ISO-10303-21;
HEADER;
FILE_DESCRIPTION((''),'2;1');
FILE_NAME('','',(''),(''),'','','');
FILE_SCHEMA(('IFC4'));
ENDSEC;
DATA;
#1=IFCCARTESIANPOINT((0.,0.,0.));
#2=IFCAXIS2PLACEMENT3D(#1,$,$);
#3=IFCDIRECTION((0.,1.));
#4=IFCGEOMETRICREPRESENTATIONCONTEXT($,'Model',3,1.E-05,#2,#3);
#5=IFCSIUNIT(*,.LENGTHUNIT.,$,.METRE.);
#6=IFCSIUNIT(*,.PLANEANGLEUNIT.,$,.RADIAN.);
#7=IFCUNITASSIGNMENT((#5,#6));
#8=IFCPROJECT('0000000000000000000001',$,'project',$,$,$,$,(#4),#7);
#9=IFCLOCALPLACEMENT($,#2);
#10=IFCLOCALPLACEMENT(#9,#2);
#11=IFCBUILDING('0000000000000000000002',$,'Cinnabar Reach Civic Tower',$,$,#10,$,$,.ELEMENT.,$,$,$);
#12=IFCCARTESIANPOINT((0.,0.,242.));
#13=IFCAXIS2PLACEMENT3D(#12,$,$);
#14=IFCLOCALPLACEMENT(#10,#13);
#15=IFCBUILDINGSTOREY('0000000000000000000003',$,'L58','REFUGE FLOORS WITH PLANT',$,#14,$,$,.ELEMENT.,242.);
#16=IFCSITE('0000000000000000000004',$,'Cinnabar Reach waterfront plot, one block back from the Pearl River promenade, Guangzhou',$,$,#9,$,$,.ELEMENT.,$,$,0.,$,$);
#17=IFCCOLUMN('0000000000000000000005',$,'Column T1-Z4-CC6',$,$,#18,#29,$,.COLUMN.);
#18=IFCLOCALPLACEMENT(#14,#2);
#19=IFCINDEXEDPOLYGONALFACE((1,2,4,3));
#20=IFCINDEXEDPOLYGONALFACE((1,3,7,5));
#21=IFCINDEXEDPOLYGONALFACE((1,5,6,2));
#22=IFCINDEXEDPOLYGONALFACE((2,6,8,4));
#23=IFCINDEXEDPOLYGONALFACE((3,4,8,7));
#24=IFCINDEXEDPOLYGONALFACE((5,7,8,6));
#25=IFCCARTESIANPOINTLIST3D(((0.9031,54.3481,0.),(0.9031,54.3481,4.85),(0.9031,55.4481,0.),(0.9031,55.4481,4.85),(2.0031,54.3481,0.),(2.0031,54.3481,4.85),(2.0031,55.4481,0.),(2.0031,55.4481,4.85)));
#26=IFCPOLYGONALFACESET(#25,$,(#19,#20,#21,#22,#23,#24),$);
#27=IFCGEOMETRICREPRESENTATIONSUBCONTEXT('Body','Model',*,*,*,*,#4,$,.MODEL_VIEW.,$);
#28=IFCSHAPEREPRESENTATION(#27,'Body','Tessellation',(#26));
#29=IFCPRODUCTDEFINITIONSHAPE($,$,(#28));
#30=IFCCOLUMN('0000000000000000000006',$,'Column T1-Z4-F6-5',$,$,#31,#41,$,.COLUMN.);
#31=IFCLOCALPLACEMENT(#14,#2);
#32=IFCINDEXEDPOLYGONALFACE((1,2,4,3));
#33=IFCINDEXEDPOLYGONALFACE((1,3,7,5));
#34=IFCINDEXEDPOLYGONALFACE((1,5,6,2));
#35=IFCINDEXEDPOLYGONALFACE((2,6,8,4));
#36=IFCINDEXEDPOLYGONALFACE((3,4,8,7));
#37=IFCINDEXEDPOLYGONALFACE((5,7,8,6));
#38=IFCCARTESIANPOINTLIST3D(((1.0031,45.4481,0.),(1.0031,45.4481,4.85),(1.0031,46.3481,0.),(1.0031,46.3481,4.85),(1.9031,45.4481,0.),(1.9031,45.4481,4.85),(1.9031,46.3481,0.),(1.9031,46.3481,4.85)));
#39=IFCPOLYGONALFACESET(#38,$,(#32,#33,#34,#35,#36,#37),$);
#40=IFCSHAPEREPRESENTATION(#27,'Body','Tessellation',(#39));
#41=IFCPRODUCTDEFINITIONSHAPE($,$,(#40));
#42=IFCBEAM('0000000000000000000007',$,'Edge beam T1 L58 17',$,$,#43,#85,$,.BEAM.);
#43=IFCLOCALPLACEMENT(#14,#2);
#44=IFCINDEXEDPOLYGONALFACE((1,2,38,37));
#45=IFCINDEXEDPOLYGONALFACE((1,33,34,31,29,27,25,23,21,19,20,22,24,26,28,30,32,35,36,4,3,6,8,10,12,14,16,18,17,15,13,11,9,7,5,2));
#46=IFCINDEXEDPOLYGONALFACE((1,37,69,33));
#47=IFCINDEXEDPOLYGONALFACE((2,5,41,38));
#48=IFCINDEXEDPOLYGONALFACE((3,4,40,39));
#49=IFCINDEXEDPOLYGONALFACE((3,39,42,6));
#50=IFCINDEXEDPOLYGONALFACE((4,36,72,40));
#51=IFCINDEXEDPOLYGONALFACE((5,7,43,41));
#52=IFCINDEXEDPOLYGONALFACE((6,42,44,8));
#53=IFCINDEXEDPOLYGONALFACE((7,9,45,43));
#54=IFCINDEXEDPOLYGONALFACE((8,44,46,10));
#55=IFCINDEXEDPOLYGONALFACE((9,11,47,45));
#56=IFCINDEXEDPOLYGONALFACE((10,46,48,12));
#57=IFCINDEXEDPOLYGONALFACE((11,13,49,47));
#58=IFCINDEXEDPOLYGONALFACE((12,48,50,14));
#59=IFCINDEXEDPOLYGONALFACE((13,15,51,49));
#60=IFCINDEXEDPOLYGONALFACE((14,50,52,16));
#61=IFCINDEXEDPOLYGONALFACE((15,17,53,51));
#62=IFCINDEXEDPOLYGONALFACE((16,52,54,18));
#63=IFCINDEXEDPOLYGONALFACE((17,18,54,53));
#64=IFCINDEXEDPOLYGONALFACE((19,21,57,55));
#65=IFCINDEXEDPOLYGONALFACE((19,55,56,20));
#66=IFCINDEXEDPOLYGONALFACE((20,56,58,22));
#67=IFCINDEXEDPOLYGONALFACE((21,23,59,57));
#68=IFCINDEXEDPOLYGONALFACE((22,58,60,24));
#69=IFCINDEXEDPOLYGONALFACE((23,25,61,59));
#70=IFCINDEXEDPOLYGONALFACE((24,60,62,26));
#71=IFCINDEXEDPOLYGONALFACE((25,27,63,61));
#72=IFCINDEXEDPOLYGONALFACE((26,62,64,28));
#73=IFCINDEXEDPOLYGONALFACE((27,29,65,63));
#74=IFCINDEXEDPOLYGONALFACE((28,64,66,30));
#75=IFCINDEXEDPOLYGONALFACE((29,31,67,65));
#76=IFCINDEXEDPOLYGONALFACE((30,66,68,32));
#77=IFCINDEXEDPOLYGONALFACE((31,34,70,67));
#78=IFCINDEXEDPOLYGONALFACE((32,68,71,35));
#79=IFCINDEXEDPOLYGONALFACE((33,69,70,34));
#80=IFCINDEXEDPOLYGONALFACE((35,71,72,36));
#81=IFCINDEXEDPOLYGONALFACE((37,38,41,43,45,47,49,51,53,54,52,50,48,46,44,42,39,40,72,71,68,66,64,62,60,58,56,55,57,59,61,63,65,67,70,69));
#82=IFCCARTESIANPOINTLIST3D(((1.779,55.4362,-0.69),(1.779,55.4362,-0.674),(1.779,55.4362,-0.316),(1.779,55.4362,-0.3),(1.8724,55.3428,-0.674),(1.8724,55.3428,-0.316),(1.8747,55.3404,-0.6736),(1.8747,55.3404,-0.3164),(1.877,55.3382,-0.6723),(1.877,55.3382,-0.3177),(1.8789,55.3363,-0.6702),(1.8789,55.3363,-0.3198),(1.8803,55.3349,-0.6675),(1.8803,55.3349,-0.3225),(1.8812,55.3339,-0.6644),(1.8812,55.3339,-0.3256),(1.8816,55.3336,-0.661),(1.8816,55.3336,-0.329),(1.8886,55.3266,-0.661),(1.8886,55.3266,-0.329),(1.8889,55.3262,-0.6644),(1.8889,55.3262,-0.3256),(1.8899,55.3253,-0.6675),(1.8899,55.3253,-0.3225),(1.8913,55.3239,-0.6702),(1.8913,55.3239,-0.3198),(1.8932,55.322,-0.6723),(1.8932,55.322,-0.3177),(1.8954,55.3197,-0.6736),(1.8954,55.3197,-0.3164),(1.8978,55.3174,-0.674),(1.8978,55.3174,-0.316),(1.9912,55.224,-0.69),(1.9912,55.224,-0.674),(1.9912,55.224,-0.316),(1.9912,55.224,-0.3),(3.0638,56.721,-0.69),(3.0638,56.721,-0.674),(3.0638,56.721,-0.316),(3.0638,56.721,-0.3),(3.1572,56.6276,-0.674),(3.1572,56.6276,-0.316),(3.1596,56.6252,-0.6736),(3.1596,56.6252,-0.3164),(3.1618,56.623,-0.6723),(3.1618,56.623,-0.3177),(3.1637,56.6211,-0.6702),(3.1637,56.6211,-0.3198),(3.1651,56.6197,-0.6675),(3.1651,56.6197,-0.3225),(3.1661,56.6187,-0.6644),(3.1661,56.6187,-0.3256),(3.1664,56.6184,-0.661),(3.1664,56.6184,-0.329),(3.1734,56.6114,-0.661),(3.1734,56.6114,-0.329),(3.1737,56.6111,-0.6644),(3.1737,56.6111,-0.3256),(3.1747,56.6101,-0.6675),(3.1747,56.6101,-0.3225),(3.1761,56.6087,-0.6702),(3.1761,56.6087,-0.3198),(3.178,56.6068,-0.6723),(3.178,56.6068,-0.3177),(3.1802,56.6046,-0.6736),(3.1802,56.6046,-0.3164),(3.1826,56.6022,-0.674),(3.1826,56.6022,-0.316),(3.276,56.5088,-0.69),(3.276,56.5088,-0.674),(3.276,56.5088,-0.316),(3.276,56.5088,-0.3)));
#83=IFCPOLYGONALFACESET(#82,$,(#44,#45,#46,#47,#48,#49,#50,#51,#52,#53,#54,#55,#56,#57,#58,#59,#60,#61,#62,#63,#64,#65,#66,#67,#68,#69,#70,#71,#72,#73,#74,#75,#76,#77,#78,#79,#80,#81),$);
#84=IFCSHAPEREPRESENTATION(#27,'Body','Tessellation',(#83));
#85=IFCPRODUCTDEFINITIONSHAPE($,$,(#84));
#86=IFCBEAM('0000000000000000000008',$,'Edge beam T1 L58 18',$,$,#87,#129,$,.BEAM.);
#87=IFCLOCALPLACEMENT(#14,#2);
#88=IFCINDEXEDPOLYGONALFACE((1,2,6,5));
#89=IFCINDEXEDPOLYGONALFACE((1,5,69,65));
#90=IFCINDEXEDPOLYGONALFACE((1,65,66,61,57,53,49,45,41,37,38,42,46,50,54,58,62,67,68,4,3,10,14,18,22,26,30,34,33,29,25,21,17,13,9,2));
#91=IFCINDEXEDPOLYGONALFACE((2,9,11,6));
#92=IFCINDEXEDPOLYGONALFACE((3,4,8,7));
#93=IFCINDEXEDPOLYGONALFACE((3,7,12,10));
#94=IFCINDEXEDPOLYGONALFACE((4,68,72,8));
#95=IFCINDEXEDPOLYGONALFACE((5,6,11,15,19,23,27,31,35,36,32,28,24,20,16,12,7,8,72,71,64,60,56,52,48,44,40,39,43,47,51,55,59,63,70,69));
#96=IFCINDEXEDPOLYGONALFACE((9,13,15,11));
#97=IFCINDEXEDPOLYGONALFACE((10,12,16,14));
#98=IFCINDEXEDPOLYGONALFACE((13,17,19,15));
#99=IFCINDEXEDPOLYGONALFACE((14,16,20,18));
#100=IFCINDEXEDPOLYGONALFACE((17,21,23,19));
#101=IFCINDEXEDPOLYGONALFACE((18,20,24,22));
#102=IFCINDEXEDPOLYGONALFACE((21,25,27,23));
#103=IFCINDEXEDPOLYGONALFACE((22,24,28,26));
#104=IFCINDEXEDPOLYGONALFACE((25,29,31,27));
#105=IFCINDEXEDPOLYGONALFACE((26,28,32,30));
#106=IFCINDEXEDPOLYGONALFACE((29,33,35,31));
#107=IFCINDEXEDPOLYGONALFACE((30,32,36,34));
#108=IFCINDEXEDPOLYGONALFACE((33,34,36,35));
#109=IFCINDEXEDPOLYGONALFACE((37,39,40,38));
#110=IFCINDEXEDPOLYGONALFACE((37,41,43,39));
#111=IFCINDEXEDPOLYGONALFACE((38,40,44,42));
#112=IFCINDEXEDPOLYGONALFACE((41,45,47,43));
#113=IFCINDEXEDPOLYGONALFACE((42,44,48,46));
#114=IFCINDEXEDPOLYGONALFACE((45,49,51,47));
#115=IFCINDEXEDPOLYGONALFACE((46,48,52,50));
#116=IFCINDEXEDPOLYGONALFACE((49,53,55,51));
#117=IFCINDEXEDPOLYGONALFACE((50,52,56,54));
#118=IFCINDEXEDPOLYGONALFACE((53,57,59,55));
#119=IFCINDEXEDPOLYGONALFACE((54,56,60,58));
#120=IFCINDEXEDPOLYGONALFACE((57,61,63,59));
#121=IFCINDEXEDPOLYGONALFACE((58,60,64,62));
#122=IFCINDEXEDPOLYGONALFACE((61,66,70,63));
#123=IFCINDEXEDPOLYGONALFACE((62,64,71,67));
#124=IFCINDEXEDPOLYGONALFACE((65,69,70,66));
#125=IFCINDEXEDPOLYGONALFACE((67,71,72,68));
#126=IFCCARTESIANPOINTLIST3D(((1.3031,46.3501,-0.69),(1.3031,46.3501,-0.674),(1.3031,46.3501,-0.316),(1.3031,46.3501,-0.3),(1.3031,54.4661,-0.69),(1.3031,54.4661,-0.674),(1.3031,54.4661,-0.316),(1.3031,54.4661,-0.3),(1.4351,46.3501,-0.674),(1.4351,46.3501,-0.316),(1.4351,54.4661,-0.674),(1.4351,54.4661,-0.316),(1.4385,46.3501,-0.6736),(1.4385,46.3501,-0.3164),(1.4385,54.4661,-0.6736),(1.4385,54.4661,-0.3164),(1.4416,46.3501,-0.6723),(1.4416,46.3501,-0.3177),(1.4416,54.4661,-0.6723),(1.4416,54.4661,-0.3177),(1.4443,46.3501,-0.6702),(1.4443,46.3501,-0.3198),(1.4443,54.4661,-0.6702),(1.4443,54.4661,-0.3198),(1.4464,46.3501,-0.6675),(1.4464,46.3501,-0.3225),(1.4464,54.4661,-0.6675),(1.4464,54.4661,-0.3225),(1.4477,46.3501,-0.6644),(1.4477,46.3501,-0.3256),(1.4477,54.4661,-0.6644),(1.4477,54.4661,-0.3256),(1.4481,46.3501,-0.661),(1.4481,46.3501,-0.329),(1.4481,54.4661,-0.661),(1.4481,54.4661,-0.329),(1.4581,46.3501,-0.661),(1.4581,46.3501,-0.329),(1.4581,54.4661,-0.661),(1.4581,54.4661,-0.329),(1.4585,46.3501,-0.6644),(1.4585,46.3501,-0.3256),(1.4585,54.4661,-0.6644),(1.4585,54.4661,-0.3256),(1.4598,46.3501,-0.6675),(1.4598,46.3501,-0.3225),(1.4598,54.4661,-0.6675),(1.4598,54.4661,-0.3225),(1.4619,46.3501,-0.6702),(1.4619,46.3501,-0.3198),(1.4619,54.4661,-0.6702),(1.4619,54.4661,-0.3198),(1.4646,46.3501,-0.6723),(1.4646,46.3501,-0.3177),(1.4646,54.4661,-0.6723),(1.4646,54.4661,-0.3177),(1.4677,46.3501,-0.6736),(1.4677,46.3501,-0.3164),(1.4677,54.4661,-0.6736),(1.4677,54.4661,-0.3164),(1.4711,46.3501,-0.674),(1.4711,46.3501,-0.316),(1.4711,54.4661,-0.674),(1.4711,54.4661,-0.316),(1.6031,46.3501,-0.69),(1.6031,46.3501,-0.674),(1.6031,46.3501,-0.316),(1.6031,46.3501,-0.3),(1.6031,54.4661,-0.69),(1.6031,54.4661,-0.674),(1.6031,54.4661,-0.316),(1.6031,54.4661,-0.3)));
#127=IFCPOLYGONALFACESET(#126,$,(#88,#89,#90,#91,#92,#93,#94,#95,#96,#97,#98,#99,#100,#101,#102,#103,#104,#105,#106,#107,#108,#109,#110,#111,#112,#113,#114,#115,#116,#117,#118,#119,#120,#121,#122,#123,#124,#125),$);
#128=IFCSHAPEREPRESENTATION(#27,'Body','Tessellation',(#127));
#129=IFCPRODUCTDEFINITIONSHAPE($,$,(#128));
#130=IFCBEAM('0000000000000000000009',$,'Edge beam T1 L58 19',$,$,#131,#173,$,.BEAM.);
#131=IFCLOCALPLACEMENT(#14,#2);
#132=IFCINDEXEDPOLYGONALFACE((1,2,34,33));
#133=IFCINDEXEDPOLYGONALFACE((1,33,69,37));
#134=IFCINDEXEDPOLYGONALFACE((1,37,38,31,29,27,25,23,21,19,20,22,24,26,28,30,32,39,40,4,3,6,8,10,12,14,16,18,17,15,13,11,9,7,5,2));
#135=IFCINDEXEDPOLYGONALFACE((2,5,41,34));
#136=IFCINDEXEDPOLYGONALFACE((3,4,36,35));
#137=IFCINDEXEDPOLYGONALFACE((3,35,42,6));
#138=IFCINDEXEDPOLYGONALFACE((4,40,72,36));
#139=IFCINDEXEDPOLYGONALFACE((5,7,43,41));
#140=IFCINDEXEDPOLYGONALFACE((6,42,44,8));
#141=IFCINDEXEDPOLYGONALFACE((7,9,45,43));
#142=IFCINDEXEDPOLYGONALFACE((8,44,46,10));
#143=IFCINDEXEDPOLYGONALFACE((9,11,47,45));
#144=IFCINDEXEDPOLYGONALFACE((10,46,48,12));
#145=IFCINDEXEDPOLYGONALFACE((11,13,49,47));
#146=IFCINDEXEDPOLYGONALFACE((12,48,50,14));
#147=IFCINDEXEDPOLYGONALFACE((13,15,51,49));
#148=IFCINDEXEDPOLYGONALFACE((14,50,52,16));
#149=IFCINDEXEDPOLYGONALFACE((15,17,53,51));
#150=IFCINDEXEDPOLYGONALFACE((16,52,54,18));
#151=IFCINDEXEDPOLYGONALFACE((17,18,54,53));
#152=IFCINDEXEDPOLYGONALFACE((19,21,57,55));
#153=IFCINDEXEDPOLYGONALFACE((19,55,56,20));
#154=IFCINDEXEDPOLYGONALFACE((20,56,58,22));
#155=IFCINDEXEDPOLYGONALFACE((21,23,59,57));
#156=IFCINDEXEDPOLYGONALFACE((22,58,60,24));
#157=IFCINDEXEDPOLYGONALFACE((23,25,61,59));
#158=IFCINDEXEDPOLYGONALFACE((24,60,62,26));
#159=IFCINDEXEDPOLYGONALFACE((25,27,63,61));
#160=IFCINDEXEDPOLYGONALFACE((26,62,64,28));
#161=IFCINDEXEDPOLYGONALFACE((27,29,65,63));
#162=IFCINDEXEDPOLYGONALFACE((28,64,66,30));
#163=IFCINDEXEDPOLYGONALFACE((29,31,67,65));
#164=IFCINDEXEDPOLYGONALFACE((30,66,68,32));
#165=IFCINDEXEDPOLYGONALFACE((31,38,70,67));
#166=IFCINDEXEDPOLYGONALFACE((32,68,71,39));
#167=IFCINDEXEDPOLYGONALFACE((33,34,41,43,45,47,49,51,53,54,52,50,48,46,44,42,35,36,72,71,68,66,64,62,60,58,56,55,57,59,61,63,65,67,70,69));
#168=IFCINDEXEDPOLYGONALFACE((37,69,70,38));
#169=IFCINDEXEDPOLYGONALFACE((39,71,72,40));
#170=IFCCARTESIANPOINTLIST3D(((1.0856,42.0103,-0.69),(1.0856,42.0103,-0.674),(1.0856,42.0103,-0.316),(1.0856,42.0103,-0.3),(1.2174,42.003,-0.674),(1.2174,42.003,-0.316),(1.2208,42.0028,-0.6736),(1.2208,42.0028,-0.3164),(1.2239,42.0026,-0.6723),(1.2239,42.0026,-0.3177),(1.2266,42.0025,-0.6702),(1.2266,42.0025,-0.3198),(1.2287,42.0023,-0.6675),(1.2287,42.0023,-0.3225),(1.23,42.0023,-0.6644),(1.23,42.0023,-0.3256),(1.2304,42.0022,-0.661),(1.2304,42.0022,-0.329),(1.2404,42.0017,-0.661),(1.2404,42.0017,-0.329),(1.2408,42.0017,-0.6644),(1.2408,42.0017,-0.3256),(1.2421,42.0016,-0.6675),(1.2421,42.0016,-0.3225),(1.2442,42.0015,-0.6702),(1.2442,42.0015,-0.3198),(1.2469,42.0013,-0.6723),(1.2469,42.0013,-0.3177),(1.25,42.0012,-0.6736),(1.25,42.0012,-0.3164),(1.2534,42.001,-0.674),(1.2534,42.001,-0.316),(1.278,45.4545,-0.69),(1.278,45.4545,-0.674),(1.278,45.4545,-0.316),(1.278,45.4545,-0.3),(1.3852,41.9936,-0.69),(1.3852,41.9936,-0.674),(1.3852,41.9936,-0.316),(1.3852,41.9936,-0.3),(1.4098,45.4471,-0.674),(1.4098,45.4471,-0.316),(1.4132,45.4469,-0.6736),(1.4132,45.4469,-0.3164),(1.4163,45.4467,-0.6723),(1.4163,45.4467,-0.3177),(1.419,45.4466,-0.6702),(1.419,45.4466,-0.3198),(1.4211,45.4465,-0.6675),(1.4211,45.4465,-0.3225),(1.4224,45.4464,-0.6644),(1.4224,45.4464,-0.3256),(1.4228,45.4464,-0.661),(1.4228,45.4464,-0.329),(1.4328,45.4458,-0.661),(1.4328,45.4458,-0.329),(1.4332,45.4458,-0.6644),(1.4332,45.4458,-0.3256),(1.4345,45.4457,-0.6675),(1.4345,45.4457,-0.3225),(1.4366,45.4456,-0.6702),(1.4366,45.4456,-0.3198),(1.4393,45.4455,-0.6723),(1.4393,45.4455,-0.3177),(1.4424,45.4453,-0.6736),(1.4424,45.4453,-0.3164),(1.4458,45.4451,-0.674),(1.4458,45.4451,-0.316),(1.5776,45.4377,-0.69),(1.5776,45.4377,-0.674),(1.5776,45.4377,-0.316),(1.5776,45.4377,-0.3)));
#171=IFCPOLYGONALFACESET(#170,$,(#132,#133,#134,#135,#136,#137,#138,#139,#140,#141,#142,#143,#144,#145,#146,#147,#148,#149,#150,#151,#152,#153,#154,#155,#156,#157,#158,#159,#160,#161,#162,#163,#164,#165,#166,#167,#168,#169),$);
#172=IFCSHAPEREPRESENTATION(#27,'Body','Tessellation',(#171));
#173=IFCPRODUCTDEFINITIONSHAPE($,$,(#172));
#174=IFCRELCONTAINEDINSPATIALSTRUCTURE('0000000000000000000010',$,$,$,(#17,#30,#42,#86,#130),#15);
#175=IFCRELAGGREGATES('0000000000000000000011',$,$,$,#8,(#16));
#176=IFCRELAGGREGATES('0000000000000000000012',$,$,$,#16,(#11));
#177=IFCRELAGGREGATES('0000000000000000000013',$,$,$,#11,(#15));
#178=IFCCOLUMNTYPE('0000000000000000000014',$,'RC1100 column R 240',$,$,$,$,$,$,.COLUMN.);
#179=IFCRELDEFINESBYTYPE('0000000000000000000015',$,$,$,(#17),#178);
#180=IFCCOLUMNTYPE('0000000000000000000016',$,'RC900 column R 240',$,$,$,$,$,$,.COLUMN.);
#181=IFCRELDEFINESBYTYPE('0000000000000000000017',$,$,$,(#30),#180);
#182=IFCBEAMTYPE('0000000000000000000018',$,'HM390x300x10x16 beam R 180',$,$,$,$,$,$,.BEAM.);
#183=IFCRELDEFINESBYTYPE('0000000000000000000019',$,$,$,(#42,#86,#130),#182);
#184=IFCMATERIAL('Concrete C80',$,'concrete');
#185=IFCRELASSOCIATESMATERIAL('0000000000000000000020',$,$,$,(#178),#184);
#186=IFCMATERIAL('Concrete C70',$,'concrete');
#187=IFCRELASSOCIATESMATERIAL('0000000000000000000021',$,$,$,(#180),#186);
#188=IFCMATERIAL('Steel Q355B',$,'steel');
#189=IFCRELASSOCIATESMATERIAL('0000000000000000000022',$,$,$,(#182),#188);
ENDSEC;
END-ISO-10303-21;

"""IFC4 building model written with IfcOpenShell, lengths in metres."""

from ifc_helpers import new_model, si_unit, direction, frame, origin, origin_2d, place, context, subcontext, project, spatial, rectangle, i_section, extrude, material, material_profile, profile_set, type_object, element, save


model = new_model("IFC4")

# Units and contexts
model_context = context("Model", 3, precision=1e-05, world=origin(), true_north=direction((0.0, 1.0)))
body_context = subcontext(model_context, "Body", "Model", "MODEL_VIEW")
ifc_project = project(units=[si_unit("LENGTHUNIT", "METRE"), si_unit("PLANEANGLEUNIT", "RADIAN")], contexts=[model_context])

# Site, building, storey
site_placement = place(None, origin())
site = spatial("IfcSite", under=ifc_project, at=site_placement, Name="Cinnabar Reach waterfront plot, one block back from the Pearl River promenade, Guangzhou", CompositionType="ELEMENT", RefElevation=0.0)
building_placement = place(site_placement, origin())
building = spatial("IfcBuilding", under=site, at=building_placement, Name="Cinnabar Reach Civic Tower", CompositionType="ELEMENT")
storey_placement = place(building_placement, frame((0.0, 0.0, 242.0)))
storey = spatial("IfcBuildingStorey", under=building, at=storey_placement, Name="L58", Description="REFUGE FLOORS WITH PLANT", CompositionType="ELEMENT", Elevation=242.0)

# Columns
ifc_material_1 = material(Name="Concrete C80", Category="concrete")
ifc_material_profile_1 = material_profile(ifc_material_1, rectangle(XDim=1.1, YDim=1.1, at=origin_2d()), Name="RC1100")
ifc_profile_set_1 = profile_set([ifc_material_profile_1], Name="Concrete C80")
column_type_1 = type_object("IfcColumnType", Name="RC1100 column R 240", PredefinedType="COLUMN", material=ifc_profile_set_1)
column_1_placement = place(storey_placement, frame((1.4531, 54.8981, 0.0), z_axis=(0.0, 0.0, 1.0), x_axis=(1.0, 0.0, 0.0)))
element("IfcColumn", 1, at=column_1_placement, inside=storey, type_object=column_type_1, Name="Column T1-Z4-CC6", PredefinedType="COLUMN", context=body_context, shape_type="SweptSolid", body=[
    extrude(rectangle(XDim=1.1, YDim=1.1, at=origin_2d()), origin(), (0.0, 0.0, 1.0), 4.85),
])
ifc_material_2 = material(Name="Concrete C70", Category="concrete")
ifc_material_profile_2 = material_profile(ifc_material_2, rectangle(XDim=0.9, YDim=0.9, at=origin_2d()), Name="RC900")
ifc_profile_set_2 = profile_set([ifc_material_profile_2], Name="Concrete C70")
column_type_2 = type_object("IfcColumnType", Name="RC900 column R 240", PredefinedType="COLUMN", material=ifc_profile_set_2)
column_2_placement = place(storey_placement, frame((1.4531, 45.8981, 0.0), z_axis=(0.0, 0.0, 1.0), x_axis=(1.0, 0.0, 0.0)))
element("IfcColumn", 2, at=column_2_placement, inside=storey, type_object=column_type_2, Name="Column T1-Z4-F6-5", PredefinedType="COLUMN", context=body_context, shape_type="SweptSolid", body=[
    extrude(rectangle(XDim=0.9, YDim=0.9, at=origin_2d()), origin(), (0.0, 0.0, 1.0), 4.85),
])

# Beams
ifc_material_3 = material(Name="Steel Q355B", Category="steel")
ifc_material_profile_3 = material_profile(ifc_material_3, i_section(OverallWidth=0.3, OverallDepth=0.39, WebThickness=0.01, FlangeThickness=0.016, FilletRadius=0.013, at=origin_2d()), Name="HM390x300x10x16")
ifc_profile_set_3 = profile_set([ifc_material_profile_3], Name="Steel Q355B")
beam_type_1 = type_object("IfcBeamType", Name="HM390x300x10x16 beam R 180", PredefinedType="BEAM", material=ifc_profile_set_3)
beam_1_placement = place(storey_placement, frame((3.1699, 56.6149, -0.495), z_axis=(-0.707107, -0.707107, 0.0), x_axis=(0.707107, -0.707107, 0.0)))
element("IfcBeam", 3, at=beam_1_placement, inside=storey, type_object=beam_type_1, Name="Edge beam T1 L58 17", PredefinedType="BEAM", context=body_context, shape_type="SweptSolid", body=[
    extrude(i_section(OverallWidth=0.3, OverallDepth=0.39, WebThickness=0.01, FlangeThickness=0.016, FilletRadius=0.013, at=origin_2d()), origin(), (0.0, 0.0, 1.0), 1.817),
])
beam_2_placement = place(storey_placement, frame((1.4531, 54.4661, -0.495), z_axis=(0.0, -1.0, 0.0), x_axis=(1.0, 0.0, 0.0)))
element("IfcBeam", 4, at=beam_2_placement, inside=storey, type_object=beam_type_1, Name="Edge beam T1 L58 18", PredefinedType="BEAM", context=body_context, shape_type="SweptSolid", body=[
    extrude(i_section(OverallWidth=0.3, OverallDepth=0.39, WebThickness=0.01, FlangeThickness=0.016, FilletRadius=0.013, at=origin_2d()), origin(), (0.0, 0.0, 1.0), 8.116),
])
beam_3_placement = place(storey_placement, frame((1.4278, 45.4461, -0.495), z_axis=(-0.055777, -0.998443, 0.0), x_axis=(0.998443, -0.055777, 0.0)))
element("IfcBeam", 5, at=beam_3_placement, inside=storey, type_object=beam_type_1, Name="Edge beam T1 L58 19", PredefinedType="BEAM", context=body_context, shape_type="SweptSolid", body=[
    extrude(i_section(OverallWidth=0.3, OverallDepth=0.39, WebThickness=0.01, FlangeThickness=0.016, FilletRadius=0.013, at=origin_2d()), origin(), (0.0, 0.0, 1.0), 3.4495),
])

save(model, "model.ifc")
